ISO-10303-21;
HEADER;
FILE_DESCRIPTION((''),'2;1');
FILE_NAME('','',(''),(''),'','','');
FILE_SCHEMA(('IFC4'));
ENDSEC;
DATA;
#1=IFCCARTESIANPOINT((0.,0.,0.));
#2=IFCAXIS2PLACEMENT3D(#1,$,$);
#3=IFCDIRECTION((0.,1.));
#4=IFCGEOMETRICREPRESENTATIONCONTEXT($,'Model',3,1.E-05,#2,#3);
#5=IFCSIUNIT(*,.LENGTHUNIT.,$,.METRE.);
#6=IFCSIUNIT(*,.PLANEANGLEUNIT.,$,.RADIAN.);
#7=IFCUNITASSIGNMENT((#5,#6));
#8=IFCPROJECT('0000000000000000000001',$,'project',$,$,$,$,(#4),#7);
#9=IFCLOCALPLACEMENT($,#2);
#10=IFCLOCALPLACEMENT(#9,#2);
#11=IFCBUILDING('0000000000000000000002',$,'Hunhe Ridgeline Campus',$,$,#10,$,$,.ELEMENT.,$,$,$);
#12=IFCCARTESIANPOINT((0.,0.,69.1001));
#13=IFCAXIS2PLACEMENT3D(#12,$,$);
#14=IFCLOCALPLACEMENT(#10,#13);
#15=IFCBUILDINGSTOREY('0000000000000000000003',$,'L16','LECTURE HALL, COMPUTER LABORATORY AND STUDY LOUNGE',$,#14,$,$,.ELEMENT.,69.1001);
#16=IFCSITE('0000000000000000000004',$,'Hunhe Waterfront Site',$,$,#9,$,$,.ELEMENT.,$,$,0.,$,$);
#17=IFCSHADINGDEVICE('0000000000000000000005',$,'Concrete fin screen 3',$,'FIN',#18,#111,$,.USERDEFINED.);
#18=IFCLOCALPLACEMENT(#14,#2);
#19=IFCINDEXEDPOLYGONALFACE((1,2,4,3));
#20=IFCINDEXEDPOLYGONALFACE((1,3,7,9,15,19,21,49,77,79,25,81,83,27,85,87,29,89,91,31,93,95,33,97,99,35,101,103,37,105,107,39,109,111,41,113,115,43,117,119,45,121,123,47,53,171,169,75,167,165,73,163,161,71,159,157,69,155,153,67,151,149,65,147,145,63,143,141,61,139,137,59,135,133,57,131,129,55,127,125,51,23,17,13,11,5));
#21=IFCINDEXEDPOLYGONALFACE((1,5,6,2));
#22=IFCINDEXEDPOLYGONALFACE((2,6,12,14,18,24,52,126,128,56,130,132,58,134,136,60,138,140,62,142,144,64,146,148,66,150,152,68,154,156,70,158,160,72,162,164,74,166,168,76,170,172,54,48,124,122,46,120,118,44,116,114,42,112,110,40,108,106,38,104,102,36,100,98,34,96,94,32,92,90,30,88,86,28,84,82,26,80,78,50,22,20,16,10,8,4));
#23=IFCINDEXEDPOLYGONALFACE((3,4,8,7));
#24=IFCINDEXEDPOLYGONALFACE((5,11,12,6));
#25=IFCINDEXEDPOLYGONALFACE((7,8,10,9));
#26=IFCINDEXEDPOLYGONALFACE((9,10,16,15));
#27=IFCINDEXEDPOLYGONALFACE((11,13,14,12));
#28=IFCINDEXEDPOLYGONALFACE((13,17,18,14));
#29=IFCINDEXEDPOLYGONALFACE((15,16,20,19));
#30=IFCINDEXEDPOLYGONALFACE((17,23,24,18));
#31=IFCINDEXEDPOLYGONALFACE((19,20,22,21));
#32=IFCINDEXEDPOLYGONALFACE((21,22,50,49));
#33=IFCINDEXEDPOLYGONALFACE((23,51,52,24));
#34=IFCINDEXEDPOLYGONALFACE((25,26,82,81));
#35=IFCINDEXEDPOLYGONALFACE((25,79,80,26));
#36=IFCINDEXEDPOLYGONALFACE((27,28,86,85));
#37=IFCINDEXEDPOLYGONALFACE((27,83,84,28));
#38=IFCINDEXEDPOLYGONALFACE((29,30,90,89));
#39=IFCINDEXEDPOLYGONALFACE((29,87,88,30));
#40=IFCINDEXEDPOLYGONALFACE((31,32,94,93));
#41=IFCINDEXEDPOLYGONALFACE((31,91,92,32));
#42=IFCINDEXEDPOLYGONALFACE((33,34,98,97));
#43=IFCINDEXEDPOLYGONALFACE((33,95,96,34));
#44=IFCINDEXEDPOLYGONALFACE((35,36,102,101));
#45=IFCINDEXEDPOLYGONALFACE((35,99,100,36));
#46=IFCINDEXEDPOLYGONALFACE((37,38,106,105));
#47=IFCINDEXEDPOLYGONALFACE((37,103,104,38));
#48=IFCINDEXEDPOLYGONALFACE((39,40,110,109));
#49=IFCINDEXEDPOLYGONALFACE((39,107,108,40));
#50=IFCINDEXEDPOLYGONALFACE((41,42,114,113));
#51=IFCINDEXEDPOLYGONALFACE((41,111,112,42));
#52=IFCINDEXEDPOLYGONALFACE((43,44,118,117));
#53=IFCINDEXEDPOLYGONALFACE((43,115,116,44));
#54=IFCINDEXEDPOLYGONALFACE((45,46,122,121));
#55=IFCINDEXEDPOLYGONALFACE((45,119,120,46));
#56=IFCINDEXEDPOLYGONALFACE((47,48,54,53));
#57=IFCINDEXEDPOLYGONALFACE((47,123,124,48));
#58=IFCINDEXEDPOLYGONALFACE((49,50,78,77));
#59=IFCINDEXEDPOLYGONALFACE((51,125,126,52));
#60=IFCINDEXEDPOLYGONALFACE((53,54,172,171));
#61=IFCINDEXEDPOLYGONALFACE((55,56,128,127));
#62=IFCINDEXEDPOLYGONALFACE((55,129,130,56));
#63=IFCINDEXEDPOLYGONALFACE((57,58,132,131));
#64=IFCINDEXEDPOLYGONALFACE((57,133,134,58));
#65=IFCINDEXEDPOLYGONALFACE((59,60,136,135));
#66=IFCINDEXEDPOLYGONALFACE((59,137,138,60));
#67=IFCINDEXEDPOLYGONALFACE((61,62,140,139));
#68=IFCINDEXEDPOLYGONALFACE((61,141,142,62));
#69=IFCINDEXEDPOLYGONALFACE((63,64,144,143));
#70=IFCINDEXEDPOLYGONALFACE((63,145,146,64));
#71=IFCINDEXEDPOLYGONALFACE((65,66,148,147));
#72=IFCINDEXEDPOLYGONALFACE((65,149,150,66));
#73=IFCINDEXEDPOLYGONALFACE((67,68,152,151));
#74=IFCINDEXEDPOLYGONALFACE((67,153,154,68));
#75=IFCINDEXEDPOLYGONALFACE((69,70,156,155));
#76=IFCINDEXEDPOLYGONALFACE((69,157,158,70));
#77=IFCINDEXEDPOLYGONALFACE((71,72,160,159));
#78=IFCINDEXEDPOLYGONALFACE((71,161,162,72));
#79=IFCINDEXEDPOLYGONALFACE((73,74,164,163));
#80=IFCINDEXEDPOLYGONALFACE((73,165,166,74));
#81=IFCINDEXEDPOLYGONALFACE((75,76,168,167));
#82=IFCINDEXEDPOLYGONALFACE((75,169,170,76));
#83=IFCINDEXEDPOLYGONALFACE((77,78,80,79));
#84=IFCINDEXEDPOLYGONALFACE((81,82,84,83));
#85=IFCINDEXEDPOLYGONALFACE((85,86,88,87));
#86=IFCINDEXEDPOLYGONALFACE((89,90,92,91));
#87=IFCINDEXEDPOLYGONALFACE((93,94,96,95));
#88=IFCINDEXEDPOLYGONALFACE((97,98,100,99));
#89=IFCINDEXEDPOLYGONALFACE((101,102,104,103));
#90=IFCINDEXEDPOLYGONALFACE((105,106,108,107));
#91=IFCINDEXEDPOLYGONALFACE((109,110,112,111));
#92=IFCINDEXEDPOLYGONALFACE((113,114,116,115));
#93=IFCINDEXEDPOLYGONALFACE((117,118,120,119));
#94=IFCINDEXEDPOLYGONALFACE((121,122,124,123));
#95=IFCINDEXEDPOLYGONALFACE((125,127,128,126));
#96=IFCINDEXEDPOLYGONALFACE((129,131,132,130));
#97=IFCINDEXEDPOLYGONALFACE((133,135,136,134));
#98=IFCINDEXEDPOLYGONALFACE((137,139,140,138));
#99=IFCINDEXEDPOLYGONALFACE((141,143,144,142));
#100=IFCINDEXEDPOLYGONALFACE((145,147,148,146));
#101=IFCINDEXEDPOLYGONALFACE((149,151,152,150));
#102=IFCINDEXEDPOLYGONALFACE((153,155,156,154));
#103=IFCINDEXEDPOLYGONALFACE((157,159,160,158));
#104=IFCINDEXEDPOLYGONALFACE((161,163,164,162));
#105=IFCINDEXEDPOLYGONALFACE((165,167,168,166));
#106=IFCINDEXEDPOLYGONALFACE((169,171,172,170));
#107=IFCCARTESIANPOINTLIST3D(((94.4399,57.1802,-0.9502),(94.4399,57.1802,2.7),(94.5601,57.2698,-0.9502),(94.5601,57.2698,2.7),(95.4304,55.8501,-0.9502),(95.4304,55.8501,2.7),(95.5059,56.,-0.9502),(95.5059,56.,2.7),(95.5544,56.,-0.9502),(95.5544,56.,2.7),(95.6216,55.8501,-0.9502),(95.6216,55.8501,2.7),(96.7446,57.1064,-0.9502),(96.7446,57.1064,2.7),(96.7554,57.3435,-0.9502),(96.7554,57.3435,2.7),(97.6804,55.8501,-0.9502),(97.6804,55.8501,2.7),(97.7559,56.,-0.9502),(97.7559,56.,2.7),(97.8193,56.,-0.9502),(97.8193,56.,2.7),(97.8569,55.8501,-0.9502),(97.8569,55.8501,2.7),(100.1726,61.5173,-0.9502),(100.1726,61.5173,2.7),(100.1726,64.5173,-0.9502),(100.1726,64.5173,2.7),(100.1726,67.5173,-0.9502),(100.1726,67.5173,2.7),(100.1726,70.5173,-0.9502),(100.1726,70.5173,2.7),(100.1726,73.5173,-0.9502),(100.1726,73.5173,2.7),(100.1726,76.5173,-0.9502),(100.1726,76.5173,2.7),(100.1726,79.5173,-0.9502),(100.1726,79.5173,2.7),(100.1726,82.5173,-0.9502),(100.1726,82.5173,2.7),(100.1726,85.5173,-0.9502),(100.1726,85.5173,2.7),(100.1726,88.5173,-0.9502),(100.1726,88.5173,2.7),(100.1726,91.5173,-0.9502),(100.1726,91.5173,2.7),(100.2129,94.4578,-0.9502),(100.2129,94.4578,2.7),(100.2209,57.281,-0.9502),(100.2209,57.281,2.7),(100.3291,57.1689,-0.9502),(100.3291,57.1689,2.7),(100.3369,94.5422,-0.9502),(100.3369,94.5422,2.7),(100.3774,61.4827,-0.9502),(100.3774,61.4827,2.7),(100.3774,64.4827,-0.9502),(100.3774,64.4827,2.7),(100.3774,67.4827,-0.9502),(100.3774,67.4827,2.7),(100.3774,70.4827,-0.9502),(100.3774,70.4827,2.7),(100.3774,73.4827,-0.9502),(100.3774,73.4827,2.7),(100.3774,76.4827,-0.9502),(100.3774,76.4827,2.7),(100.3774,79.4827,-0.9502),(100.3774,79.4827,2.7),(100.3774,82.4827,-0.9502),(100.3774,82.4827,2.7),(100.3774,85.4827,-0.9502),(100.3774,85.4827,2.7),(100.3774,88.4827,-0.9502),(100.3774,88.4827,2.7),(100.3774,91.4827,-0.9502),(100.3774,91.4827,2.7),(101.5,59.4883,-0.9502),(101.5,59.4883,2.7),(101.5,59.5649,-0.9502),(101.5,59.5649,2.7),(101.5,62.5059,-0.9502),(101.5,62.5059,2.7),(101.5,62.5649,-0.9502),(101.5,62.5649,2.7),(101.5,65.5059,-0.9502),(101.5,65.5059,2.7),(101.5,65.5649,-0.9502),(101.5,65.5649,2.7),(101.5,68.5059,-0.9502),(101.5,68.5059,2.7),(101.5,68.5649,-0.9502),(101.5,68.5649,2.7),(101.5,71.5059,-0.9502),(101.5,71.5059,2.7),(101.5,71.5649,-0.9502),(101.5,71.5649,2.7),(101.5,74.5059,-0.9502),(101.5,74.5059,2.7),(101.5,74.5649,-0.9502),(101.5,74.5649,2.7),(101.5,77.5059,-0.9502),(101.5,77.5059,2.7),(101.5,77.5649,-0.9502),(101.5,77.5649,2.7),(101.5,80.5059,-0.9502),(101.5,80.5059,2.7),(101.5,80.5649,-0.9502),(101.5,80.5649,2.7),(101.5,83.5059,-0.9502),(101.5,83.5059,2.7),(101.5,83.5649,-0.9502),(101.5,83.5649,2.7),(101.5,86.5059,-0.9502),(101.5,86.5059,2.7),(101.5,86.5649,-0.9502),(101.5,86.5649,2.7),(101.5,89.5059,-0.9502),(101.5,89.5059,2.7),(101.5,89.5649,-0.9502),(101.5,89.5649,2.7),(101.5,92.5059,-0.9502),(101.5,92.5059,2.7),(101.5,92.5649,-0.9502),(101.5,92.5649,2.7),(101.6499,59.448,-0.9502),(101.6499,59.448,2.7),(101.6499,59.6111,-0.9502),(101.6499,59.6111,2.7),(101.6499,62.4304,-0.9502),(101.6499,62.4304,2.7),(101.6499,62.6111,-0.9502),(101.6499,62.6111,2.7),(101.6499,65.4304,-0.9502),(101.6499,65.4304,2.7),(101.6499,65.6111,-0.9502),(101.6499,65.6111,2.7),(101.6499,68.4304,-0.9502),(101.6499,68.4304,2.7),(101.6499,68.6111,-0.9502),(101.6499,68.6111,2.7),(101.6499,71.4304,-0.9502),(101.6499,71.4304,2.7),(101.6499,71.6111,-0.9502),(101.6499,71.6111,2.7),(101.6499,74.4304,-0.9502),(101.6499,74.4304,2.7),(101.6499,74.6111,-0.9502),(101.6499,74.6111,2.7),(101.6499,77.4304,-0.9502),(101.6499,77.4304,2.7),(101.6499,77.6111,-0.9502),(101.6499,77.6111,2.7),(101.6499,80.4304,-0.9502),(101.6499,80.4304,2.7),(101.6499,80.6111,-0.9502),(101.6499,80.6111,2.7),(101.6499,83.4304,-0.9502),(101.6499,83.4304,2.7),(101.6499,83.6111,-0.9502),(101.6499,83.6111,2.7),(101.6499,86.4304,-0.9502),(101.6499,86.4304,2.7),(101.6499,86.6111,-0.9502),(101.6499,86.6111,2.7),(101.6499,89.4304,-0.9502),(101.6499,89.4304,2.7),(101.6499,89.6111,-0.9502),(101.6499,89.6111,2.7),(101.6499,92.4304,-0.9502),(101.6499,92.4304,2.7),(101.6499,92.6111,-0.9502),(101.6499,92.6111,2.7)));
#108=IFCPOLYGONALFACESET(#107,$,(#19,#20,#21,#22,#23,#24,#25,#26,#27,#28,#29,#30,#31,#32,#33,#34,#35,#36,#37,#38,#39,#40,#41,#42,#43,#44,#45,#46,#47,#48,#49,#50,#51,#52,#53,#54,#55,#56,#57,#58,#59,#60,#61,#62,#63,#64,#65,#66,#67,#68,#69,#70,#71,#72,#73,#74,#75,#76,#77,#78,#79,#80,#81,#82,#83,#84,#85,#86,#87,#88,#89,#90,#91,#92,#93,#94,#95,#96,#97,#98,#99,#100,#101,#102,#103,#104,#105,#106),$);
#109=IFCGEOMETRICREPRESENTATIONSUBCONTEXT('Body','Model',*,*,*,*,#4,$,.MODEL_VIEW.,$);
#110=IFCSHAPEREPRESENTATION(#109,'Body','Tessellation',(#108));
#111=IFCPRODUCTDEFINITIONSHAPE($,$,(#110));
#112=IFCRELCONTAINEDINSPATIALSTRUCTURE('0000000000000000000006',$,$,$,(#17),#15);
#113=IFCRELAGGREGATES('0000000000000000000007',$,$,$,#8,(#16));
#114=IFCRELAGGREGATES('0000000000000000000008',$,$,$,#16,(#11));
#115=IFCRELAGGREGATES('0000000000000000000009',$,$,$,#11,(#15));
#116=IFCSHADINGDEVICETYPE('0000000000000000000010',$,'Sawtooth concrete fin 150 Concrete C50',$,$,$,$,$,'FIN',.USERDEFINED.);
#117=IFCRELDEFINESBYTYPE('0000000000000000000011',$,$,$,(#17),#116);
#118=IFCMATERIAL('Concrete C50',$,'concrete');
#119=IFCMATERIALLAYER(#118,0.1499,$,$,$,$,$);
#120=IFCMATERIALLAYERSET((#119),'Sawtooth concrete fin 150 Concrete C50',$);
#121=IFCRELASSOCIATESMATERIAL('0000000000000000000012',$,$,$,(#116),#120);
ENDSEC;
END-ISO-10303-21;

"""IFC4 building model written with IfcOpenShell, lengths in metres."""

from ifc_helpers import new_model, si_unit, direction, frame, origin, place, context, subcontext, project, spatial, polyline, outline, extrude, material, layer, layer_set, type_object, element, save


model = new_model("IFC4")

# Units and contexts
model_context = context("Model", 3, precision=1e-05, world=origin(), true_north=direction((0.0, 1.0)))
body_context = subcontext(model_context, "Body", "Model", "MODEL_VIEW")
ifc_project = project(units=[si_unit("LENGTHUNIT", "METRE"), si_unit("PLANEANGLEUNIT", "RADIAN")], contexts=[model_context])

# Site, building, storey
site_placement = place(None, origin())
site = spatial("IfcSite", under=ifc_project, at=site_placement, Name="Hunhe Waterfront Site", CompositionType="ELEMENT", RefElevation=0.0)
building_placement = place(site_placement, origin())
building = spatial("IfcBuilding", under=site, at=building_placement, Name="Hunhe Ridgeline Campus", CompositionType="ELEMENT")
storey_placement = place(building_placement, frame((0.0, 0.0, 69.1001)))
storey = spatial("IfcBuildingStorey", under=building, at=storey_placement, Name="L16", Description="LECTURE HALL, COMPUTER LABORATORY AND STUDY LOUNGE", CompositionType="ELEMENT", Elevation=69.1001)

# Shading device
ifc_material_1 = material(Name="Concrete C50", Category="concrete")
ifc_layer_1 = layer(ifc_material_1, 0.1499)
ifc_layer_set_1 = layer_set([ifc_layer_1], Name="Sawtooth concrete fin 150 Concrete C50")
shading_device_type = type_object("IfcShadingDeviceType", Name="Sawtooth concrete fin 150 Concrete C50", ElementType="FIN", PredefinedType="USERDEFINED", material=ifc_layer_set_1)
shading_device_1_placement = place(storey_placement, frame((0.0, 0.0, -0.9502)))
element("IfcShadingDevice", 1, at=shading_device_1_placement, inside=storey, type_object=shading_device_type, Name="Concrete fin screen 3", ObjectType="FIN", PredefinedType="USERDEFINED", context=body_context, shape_type="SweptSolid", body=[
    extrude(outline(polyline([(94.5601, 57.2698), (94.4399, 57.1802), (95.4304, 55.8501), (95.6216, 55.8501), (96.7446, 57.1064), (97.6804, 55.8501), (97.8569, 55.8501), (100.3291, 57.1689), (101.6499, 59.448), (101.6499, 59.6111), (100.3774, 61.4827), (101.6499, 62.4304), (101.6499, 62.6111), (100.3774, 64.4827), (101.6499, 65.4304), (101.6499, 65.6111), (100.3774, 67.4827), (101.6499, 68.4304), (101.6499, 68.6111), (100.3774, 70.4827), (101.6499, 71.4304), (101.6499, 71.6111), (100.3774, 73.4827), (101.6499, 74.4304), (101.6499, 74.6111), (100.3774, 76.4827), (101.6499, 77.4304), (101.6499, 77.6111), (100.3774, 79.4827), (101.6499, 80.4304), (101.6499, 80.6111), (100.3774, 82.4827), (101.6499, 83.4304), (101.6499, 83.6111), (100.3774, 85.4827), (101.6499, 86.4304), (101.6499, 86.6111), (100.3774, 88.4827), (101.6499, 89.4304), (101.6499, 89.6111), (100.3774, 91.4827), (101.6499, 92.4304), (101.6499, 92.6111), (100.3369, 94.5422), (100.2129, 94.4578), (101.5, 92.5649), (101.5, 92.5059), (100.1726, 91.5173), (101.5, 89.5649), (101.5, 89.5059), (100.1726, 88.5173), (101.5, 86.5649), (101.5, 86.5059), (100.1726, 85.5173), (101.5, 83.5649), (101.5, 83.5059), (100.1726, 82.5173), (101.5, 80.5649), (101.5, 80.5059), (100.1726, 79.5173), (101.5, 77.5649), (101.5, 77.5059), (100.1726, 76.5173), (101.5, 74.5649), (101.5, 74.5059), (100.1726, 73.5173), (101.5, 71.5649), (101.5, 71.5059), (100.1726, 70.5173), (101.5, 68.5649), (101.5, 68.5059), (100.1726, 67.5173), (101.5, 65.5649), (101.5, 65.5059), (100.1726, 64.5173), (101.5, 62.5649), (101.5, 62.5059), (100.1726, 61.5173), (101.5, 59.5649), (101.5, 59.4883), (100.2209, 57.281), (97.8193, 56.0), (97.7559, 56.0), (96.7554, 57.3435), (95.5544, 56.0), (95.5059, 56.0), (94.5601, 57.2698)])), origin(), (0.0, 0.0, 1.0), 3.6501),
])

save(model, "model.ifc")
